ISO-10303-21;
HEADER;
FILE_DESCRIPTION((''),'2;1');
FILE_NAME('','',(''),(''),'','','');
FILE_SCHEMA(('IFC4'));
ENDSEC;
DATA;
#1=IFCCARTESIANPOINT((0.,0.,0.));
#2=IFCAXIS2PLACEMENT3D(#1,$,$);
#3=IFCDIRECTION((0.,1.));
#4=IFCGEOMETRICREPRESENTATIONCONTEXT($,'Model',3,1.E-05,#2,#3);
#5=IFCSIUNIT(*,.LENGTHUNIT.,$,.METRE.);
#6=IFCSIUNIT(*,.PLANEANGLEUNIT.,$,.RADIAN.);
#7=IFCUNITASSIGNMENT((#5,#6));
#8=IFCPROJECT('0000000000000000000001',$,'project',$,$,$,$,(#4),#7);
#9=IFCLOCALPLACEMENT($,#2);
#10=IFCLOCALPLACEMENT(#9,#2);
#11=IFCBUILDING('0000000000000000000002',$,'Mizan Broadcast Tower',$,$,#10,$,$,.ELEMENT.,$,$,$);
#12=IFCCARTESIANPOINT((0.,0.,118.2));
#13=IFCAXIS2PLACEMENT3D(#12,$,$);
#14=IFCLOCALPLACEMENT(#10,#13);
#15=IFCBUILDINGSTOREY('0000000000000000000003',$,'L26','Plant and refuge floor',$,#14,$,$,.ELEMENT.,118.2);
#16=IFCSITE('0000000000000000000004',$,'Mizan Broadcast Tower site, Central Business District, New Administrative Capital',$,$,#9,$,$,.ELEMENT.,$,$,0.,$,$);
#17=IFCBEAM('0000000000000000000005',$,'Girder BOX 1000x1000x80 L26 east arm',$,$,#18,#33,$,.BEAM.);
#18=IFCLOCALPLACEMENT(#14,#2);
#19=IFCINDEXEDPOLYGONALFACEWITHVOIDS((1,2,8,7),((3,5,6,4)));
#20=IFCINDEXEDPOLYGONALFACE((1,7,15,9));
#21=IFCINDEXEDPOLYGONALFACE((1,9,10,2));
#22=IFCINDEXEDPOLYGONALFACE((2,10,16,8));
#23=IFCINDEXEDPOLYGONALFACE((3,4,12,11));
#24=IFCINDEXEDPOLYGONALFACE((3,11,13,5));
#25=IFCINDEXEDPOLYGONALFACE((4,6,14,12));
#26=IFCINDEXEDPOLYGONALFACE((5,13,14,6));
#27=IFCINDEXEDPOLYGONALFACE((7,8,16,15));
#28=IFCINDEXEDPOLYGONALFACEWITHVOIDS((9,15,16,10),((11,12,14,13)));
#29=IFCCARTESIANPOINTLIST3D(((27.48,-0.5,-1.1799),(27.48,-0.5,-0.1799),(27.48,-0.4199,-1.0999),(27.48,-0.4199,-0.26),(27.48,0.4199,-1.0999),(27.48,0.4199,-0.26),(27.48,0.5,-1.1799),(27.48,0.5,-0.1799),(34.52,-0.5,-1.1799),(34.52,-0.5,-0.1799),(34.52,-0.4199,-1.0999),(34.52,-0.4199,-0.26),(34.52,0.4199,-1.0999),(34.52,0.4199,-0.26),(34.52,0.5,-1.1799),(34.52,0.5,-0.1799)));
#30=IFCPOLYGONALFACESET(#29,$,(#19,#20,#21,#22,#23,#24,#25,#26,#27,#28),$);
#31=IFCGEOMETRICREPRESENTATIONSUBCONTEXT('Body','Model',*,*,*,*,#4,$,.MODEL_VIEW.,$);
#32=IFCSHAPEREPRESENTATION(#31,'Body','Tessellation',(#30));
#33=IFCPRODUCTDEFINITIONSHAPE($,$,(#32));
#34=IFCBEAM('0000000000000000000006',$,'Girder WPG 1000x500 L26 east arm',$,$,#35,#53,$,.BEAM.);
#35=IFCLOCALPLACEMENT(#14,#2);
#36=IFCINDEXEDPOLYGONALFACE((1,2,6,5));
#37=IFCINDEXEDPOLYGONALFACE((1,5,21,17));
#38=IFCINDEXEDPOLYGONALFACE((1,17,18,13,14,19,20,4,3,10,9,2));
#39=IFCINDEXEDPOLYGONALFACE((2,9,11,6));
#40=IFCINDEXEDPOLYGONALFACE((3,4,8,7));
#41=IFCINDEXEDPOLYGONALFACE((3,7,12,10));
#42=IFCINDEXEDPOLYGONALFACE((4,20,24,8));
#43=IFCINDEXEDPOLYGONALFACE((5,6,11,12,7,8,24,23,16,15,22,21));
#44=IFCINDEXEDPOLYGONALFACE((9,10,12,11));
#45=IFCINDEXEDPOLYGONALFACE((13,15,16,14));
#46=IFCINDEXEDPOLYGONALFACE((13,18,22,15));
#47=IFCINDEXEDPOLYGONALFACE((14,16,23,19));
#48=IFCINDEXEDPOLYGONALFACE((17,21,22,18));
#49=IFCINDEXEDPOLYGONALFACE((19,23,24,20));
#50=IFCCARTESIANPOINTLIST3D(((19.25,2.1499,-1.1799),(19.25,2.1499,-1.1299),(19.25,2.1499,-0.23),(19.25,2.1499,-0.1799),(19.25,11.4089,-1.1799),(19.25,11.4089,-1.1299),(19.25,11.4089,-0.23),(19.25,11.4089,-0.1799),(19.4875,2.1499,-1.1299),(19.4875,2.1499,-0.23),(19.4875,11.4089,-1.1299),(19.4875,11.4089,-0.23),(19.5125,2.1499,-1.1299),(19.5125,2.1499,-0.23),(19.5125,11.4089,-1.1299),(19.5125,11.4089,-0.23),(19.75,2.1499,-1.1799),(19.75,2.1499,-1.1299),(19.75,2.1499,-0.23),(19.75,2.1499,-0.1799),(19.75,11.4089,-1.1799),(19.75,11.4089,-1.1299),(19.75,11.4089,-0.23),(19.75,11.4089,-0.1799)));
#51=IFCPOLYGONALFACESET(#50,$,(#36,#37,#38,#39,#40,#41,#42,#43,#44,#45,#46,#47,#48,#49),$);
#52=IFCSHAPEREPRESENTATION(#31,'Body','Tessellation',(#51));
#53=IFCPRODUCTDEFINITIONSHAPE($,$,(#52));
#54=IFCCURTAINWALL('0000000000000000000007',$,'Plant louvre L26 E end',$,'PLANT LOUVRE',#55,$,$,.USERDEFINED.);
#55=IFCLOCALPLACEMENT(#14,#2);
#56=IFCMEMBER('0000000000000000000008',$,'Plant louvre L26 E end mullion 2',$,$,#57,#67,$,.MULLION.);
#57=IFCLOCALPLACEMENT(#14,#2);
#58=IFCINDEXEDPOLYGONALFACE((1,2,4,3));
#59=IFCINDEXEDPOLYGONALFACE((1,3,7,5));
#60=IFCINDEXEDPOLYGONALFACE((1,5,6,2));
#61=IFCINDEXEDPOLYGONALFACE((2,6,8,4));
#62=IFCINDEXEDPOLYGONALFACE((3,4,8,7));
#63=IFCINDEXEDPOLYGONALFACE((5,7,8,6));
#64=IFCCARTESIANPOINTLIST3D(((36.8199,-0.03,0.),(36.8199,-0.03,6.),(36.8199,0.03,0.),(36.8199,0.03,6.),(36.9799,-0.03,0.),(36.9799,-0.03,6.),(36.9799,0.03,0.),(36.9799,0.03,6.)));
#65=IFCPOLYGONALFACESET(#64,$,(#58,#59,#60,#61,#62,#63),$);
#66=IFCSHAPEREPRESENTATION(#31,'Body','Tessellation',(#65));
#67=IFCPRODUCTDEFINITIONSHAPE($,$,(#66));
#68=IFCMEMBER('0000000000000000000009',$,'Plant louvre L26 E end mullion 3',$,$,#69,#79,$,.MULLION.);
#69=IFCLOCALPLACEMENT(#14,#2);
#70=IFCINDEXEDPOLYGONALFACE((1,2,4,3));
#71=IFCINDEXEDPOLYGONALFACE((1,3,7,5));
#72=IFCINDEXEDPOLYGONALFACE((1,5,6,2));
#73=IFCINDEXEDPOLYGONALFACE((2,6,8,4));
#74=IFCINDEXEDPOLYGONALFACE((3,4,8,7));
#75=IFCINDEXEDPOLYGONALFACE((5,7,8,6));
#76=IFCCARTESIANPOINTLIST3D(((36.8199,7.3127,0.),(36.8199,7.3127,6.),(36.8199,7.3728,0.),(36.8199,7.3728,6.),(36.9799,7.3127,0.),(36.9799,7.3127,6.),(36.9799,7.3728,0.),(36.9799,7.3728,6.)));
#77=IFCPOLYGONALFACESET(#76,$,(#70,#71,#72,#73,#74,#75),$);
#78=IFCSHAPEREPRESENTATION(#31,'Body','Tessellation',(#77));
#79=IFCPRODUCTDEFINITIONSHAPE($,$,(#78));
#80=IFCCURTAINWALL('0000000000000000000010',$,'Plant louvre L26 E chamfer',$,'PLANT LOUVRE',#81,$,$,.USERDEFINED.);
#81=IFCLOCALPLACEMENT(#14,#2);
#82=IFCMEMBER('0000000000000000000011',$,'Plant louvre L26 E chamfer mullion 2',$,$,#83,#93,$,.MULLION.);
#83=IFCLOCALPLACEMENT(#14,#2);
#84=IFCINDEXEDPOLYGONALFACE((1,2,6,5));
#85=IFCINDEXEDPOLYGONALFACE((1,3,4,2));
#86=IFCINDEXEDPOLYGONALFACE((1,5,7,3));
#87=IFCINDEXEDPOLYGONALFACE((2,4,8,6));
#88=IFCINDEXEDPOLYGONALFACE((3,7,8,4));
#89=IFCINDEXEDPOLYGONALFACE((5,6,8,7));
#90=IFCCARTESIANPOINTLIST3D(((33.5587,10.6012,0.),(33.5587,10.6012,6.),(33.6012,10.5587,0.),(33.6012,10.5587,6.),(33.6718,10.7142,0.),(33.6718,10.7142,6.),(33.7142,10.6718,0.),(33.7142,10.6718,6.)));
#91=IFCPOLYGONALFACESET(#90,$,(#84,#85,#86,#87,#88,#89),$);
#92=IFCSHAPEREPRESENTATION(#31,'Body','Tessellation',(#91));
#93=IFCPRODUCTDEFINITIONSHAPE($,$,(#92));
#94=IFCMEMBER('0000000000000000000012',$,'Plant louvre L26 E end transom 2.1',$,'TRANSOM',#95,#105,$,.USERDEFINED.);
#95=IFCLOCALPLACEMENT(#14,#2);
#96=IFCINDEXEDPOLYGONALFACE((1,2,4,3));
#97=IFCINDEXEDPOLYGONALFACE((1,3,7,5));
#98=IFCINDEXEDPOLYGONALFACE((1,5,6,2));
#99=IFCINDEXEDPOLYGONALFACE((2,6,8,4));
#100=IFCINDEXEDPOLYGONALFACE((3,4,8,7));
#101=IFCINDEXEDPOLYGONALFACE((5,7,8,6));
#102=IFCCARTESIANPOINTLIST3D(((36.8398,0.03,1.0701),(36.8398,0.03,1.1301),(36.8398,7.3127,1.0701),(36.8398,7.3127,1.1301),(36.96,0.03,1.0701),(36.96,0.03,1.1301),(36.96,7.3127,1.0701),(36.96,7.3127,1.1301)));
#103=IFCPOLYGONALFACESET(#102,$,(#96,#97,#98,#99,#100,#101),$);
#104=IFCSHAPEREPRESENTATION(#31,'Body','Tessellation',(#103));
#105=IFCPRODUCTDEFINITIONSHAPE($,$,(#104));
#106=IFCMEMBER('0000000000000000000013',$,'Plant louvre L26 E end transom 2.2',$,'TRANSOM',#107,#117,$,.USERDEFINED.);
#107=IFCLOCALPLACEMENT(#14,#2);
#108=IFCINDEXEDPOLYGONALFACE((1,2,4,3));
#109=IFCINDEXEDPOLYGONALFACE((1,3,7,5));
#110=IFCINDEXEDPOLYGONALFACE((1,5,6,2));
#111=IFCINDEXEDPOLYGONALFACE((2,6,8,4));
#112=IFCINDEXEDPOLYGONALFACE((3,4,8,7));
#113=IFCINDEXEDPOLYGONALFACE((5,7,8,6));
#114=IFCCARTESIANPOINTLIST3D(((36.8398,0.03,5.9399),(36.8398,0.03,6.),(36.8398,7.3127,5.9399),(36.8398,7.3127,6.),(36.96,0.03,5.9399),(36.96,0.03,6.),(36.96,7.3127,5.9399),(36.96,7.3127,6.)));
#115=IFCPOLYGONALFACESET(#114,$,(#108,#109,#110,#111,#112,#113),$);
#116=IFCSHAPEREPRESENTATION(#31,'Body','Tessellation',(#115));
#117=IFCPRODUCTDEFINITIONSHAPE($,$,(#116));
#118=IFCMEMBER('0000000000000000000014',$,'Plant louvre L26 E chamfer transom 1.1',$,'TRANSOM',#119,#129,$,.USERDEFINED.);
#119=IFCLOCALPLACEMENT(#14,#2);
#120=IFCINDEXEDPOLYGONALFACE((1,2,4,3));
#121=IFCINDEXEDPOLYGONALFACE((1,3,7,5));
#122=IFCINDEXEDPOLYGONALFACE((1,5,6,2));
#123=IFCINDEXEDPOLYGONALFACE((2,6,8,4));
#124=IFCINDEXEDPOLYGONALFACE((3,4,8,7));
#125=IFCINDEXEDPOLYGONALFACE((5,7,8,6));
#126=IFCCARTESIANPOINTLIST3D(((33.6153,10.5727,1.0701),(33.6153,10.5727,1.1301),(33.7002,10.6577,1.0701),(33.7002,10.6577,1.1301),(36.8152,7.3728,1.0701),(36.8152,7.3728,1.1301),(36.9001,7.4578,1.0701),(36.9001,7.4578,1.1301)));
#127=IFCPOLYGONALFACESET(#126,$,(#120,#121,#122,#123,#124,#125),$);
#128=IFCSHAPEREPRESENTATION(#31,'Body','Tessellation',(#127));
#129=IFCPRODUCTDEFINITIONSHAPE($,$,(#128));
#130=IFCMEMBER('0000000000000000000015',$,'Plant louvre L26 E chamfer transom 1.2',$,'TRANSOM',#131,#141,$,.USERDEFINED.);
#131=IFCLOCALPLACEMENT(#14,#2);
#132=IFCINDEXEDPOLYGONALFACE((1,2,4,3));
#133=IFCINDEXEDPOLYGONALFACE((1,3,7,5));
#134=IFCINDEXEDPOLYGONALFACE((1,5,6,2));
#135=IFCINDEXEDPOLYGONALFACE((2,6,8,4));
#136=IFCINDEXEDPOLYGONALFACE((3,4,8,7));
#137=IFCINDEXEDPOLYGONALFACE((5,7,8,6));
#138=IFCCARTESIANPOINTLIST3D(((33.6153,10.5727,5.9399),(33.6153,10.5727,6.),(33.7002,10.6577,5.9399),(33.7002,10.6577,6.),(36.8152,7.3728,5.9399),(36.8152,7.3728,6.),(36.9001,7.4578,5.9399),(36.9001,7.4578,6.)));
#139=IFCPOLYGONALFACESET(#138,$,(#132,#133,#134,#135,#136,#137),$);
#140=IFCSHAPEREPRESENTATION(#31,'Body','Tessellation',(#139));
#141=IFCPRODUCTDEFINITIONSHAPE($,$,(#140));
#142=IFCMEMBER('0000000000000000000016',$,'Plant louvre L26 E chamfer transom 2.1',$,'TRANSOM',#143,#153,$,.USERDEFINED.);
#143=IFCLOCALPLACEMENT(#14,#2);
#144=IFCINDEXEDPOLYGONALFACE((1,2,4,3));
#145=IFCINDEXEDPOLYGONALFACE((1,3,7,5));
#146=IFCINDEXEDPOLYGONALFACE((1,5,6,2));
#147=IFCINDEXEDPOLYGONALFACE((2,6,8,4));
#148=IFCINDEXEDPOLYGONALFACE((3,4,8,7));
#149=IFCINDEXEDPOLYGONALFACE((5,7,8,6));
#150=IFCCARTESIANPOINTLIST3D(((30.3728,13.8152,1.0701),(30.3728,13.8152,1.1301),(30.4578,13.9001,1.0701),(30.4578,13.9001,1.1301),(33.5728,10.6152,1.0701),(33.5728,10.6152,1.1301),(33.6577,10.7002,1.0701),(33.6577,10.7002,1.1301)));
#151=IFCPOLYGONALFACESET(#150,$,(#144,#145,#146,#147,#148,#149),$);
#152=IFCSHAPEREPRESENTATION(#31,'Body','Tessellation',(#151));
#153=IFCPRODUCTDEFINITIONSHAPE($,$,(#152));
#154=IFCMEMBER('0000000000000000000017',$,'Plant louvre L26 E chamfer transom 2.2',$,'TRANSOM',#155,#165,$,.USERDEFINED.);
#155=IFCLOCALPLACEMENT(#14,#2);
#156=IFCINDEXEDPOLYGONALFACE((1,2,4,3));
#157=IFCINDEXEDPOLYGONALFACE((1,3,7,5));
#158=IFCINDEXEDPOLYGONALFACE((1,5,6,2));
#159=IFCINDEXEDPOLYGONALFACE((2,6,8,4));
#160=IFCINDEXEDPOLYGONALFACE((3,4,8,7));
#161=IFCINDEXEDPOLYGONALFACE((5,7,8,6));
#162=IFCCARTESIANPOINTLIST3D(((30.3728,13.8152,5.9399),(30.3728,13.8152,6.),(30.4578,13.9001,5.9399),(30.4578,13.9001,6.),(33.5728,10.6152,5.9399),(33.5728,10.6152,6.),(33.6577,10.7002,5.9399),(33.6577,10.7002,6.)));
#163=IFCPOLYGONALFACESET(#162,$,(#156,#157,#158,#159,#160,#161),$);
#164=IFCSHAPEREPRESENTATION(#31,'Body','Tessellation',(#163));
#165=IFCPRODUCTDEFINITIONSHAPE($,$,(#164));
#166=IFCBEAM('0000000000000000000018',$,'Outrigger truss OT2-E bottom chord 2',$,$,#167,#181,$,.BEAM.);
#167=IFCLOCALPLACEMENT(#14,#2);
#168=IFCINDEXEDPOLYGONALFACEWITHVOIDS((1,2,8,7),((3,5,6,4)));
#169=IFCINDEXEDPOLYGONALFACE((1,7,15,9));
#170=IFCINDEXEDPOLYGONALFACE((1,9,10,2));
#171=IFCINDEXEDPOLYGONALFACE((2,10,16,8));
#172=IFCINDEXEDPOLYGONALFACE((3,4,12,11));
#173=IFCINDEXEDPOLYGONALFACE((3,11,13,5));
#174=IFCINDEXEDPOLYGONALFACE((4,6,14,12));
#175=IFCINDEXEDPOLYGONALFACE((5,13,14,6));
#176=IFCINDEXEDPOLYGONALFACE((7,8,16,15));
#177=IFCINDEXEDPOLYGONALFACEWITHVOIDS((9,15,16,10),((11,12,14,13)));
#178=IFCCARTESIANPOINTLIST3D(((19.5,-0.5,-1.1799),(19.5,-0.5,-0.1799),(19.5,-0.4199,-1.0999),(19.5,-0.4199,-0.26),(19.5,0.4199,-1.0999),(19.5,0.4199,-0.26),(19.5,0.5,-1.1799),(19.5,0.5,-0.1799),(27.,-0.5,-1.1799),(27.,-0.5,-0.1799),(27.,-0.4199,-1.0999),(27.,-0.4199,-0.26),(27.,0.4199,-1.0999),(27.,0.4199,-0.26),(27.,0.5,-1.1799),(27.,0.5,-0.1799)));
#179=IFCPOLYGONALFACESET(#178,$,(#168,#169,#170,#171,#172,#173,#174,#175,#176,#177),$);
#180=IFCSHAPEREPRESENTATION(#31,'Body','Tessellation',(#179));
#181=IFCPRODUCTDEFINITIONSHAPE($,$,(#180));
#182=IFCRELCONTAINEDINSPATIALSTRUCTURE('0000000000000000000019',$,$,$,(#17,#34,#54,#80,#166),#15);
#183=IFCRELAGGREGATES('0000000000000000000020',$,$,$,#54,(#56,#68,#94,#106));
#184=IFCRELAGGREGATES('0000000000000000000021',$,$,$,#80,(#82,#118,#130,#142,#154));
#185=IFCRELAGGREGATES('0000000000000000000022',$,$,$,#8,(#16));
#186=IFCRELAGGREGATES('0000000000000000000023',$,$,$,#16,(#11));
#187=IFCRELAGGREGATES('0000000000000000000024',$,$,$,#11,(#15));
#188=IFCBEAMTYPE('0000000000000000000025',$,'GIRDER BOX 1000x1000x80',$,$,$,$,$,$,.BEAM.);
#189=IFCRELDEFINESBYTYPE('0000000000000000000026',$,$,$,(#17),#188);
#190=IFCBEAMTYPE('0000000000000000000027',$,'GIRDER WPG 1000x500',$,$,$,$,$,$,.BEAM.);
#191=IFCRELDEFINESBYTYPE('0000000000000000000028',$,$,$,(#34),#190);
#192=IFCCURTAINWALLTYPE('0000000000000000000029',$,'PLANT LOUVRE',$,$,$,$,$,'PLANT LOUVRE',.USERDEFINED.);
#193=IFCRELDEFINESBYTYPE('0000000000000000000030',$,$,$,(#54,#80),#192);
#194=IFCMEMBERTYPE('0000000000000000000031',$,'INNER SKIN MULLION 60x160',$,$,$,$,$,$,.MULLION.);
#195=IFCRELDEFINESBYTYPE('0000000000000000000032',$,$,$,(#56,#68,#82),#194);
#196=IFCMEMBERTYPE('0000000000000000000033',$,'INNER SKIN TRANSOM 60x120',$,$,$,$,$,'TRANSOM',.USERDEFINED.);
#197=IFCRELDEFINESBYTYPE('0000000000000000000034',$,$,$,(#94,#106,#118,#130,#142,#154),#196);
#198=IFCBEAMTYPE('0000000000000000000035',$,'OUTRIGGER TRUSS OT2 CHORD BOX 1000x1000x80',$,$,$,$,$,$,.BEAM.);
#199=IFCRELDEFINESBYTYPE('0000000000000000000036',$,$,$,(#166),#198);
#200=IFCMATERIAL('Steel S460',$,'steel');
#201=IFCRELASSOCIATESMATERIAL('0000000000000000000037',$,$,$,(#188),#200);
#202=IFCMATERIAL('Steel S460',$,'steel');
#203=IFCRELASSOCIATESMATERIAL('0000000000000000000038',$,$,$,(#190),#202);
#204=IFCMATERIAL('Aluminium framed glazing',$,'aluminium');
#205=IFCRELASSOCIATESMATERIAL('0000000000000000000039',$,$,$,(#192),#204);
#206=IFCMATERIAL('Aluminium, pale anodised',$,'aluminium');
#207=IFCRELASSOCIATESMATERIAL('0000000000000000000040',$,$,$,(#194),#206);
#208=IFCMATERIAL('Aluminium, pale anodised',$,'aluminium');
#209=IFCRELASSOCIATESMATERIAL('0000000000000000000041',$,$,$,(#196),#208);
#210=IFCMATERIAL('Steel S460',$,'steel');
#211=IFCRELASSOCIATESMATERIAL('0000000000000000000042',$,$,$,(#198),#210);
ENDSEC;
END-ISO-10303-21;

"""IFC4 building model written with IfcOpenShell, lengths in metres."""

from ifc_helpers import new_model, si_unit, direction, frame, origin, origin_2d, place, context, subcontext, project, spatial, rectangle, hollow_rectangle, i_section, extrude, material, material_profile, profile_set, type_object, element, aggregate, save


model = new_model("IFC4")

# Units and contexts
model_context = context("Model", 3, precision=1e-05, world=origin(), true_north=direction((0.0, 1.0)))
body_context = subcontext(model_context, "Body", "Model", "MODEL_VIEW")
ifc_project = project(units=[si_unit("LENGTHUNIT", "METRE"), si_unit("PLANEANGLEUNIT", "RADIAN")], contexts=[model_context])

# Site, building, storey
site_placement = place(None, origin())
site = spatial("IfcSite", under=ifc_project, at=site_placement, Name="Mizan Broadcast Tower site, Central Business District, New Administrative Capital", CompositionType="ELEMENT", RefElevation=0.0)
building_placement = place(site_placement, origin())
building = spatial("IfcBuilding", under=site, at=building_placement, Name="Mizan Broadcast Tower", CompositionType="ELEMENT")
storey_placement = place(building_placement, frame((0.0, 0.0, 118.2)))
storey = spatial("IfcBuildingStorey", under=building, at=storey_placement, Name="L26", Description="Plant and refuge floor", CompositionType="ELEMENT", Elevation=118.2)

# Beams
ifc_material_1 = material(Name="Steel S460", Category="steel")
ifc_material_profile_1 = material_profile(ifc_material_1, hollow_rectangle(XDim=1.0, YDim=1.0, WallThickness=0.0801, at=origin_2d()), Name="BOX 1000x1000x80")
ifc_profile_set_1 = profile_set([ifc_material_profile_1], Name="Steel S460")
beam_type_1 = type_object("IfcBeamType", Name="GIRDER BOX 1000x1000x80", PredefinedType="BEAM", material=ifc_profile_set_1)
beam_1_placement = place(storey_placement, frame((27.48, 0.0, -0.6799), z_axis=(1.0, 0.0, 0.0), x_axis=(0.0, 1.0, 0.0)))
element("IfcBeam", 1, at=beam_1_placement, inside=storey, type_object=beam_type_1, Name="Girder BOX 1000x1000x80 L26 east arm", PredefinedType="BEAM", context=body_context, shape_type="SweptSolid", body=[
    extrude(hollow_rectangle(XDim=1.0, YDim=1.0, WallThickness=0.0801, at=origin_2d()), origin(), (0.0, 0.0, 1.0), 7.04),
])
ifc_material_2 = material(Name="Steel S460", Category="steel")
ifc_material_profile_2 = material_profile(ifc_material_2, i_section(OverallWidth=0.5, OverallDepth=1.0, WebThickness=0.0249, FlangeThickness=0.05, at=origin_2d()), Name="WPG 1000x500")
ifc_profile_set_2 = profile_set([ifc_material_profile_2], Name="Steel S460")
beam_type_2 = type_object("IfcBeamType", Name="GIRDER WPG 1000x500", PredefinedType="BEAM", material=ifc_profile_set_2)
beam_2_placement = place(storey_placement, frame((19.5, 11.4089, -0.6799), z_axis=(0.0, -1.0, 0.0), x_axis=(1.0, 0.0, 0.0)))
element("IfcBeam", 2, at=beam_2_placement, inside=storey, type_object=beam_type_2, Name="Girder WPG 1000x500 L26 east arm", PredefinedType="BEAM", context=body_context, shape_type="SweptSolid", body=[
    extrude(i_section(OverallWidth=0.5, OverallDepth=1.0, WebThickness=0.0249, FlangeThickness=0.05, at=origin_2d()), origin(), (0.0, 0.0, 1.0), 9.259),
])

# Curtain wall, members
ifc_material_3 = material(Name="Aluminium framed glazing", Category="aluminium")
curtain_wall_type = type_object("IfcCurtainWallType", Name="PLANT LOUVRE", ElementType="PLANT LOUVRE", PredefinedType="USERDEFINED", material=ifc_material_3)
curtain_wall_1_placement = place(storey_placement, origin())
curtain_wall_1 = element("IfcCurtainWall", 3, at=curtain_wall_1_placement, inside=storey, type_object=curtain_wall_type, Name="Plant louvre L26 E end", ObjectType="PLANT LOUVRE", PredefinedType="USERDEFINED")
ifc_material_4 = material(Name="Aluminium, pale anodised", Category="aluminium")
ifc_material_profile_3 = material_profile(ifc_material_4, rectangle(XDim=0.1599, YDim=0.0601, at=origin_2d()), Name="MULLION 160x60")
ifc_profile_set_3 = profile_set([ifc_material_profile_3], Name="Aluminium, pale anodised")
member_type_1 = type_object("IfcMemberType", Name="INNER SKIN MULLION 60x160", PredefinedType="MULLION", material=ifc_profile_set_3)
member_1_placement = place(storey_placement, frame((36.8999, 0.0, 0.0), z_axis=(0.0, 0.0, 1.0), x_axis=(-1.0, 0.0, 0.0)))
member_1 = element("IfcMember", 4, at=member_1_placement, type_object=member_type_1, Name="Plant louvre L26 E end mullion 2", PredefinedType="MULLION", context=body_context, shape_type="SweptSolid", body=[
    extrude(rectangle(XDim=0.1599, YDim=0.0601, at=origin_2d()), origin(), (0.0, 0.0, 1.0), 6.0),
])
member_2_placement = place(storey_placement, frame((36.8999, 7.3428, 0.0), z_axis=(0.0, 0.0, 1.0), x_axis=(-1.0, 0.0, 0.0)))
member_2 = element("IfcMember", 5, at=member_2_placement, type_object=member_type_1, Name="Plant louvre L26 E end mullion 3", PredefinedType="MULLION", context=body_context, shape_type="SweptSolid", body=[
    extrude(rectangle(XDim=0.1599, YDim=0.0601, at=origin_2d()), origin(), (0.0, 0.0, 1.0), 6.0),
])

# Curtain wall, member
curtain_wall_2_placement = place(storey_placement, origin())
curtain_wall_2 = element("IfcCurtainWall", 6, at=curtain_wall_2_placement, inside=storey, type_object=curtain_wall_type, Name="Plant louvre L26 E chamfer", ObjectType="PLANT LOUVRE", PredefinedType="USERDEFINED")
member_3_placement = place(storey_placement, frame((33.6365, 10.6365, 0.0), z_axis=(0.0, 0.0, 1.0), x_axis=(-0.707107, -0.707107, 0.0)))
member_3 = element("IfcMember", 7, at=member_3_placement, type_object=member_type_1, Name="Plant louvre L26 E chamfer mullion 2", PredefinedType="MULLION", context=body_context, shape_type="SweptSolid", body=[
    extrude(rectangle(XDim=0.1599, YDim=0.0601, at=origin_2d()), origin(), (0.0, 0.0, 1.0), 6.0),
])

# Members
ifc_material_5 = material(Name="Aluminium, pale anodised", Category="aluminium")
ifc_material_profile_4 = material_profile(ifc_material_5, rectangle(XDim=0.1201, YDim=0.0601, at=origin_2d()), Name="TRANSOM 120x60")
ifc_profile_set_4 = profile_set([ifc_material_profile_4], Name="Aluminium, pale anodised")
member_type_2 = type_object("IfcMemberType", Name="INNER SKIN TRANSOM 60x120", ElementType="TRANSOM", PredefinedType="USERDEFINED", material=ifc_profile_set_4)
member_4_placement = place(storey_placement, frame((36.8999, 0.03, 1.1001), z_axis=(0.0, 1.0, 0.0), x_axis=(-1.0, 0.0, 0.0)))
member_4 = element("IfcMember", 8, at=member_4_placement, type_object=member_type_2, Name="Plant louvre L26 E end transom 2.1", ObjectType="TRANSOM", PredefinedType="USERDEFINED", context=body_context, shape_type="SweptSolid", body=[
    extrude(rectangle(XDim=0.1201, YDim=0.0601, at=origin_2d()), origin(), (0.0, 0.0, 1.0), 7.2827),
])
member_5_placement = place(storey_placement, frame((36.8999, 0.03, 5.97), z_axis=(0.0, 1.0, 0.0), x_axis=(-1.0, 0.0, 0.0)))
member_5 = element("IfcMember", 9, at=member_5_placement, type_object=member_type_2, Name="Plant louvre L26 E end transom 2.2", ObjectType="TRANSOM", PredefinedType="USERDEFINED", context=body_context, shape_type="SweptSolid", body=[
    extrude(rectangle(XDim=0.1201, YDim=0.0601, at=origin_2d()), origin(), (0.0, 0.0, 1.0), 7.2827),
])
member_6_placement = place(storey_placement, frame((36.8577, 7.4153, 1.1001), z_axis=(-0.707107, 0.707107, 0.0), x_axis=(-0.707107, -0.707107, 0.0)))
member_6 = element("IfcMember", 10, at=member_6_placement, type_object=member_type_2, Name="Plant louvre L26 E chamfer transom 1.1", ObjectType="TRANSOM", PredefinedType="USERDEFINED", context=body_context, shape_type="SweptSolid", body=[
    extrude(rectangle(XDim=0.1201, YDim=0.0601, at=origin_2d()), origin(), (0.0, 0.0, 1.0), 4.5254),
])
member_7_placement = place(storey_placement, frame((36.8577, 7.4153, 5.97), z_axis=(-0.707107, 0.707107, 0.0), x_axis=(-0.707107, -0.707107, 0.0)))
member_7 = element("IfcMember", 11, at=member_7_placement, type_object=member_type_2, Name="Plant louvre L26 E chamfer transom 1.2", ObjectType="TRANSOM", PredefinedType="USERDEFINED", context=body_context, shape_type="SweptSolid", body=[
    extrude(rectangle(XDim=0.1201, YDim=0.0601, at=origin_2d()), origin(), (0.0, 0.0, 1.0), 4.5254),
])
member_8_placement = place(storey_placement, frame((33.6152, 10.6577, 1.1001), z_axis=(-0.707107, 0.707107, 0.0), x_axis=(-0.707107, -0.707107, 0.0)))
member_8 = element("IfcMember", 12, at=member_8_placement, type_object=member_type_2, Name="Plant louvre L26 E chamfer transom 2.1", ObjectType="TRANSOM", PredefinedType="USERDEFINED", context=body_context, shape_type="SweptSolid", body=[
    extrude(rectangle(XDim=0.1201, YDim=0.0601, at=origin_2d()), origin(), (0.0, 0.0, 1.0), 4.5254),
])
member_9_placement = place(storey_placement, frame((33.6152, 10.6577, 5.97), z_axis=(-0.707107, 0.707107, 0.0), x_axis=(-0.707107, -0.707107, 0.0)))
member_9 = element("IfcMember", 13, at=member_9_placement, type_object=member_type_2, Name="Plant louvre L26 E chamfer transom 2.2", ObjectType="TRANSOM", PredefinedType="USERDEFINED", context=body_context, shape_type="SweptSolid", body=[
    extrude(rectangle(XDim=0.1201, YDim=0.0601, at=origin_2d()), origin(), (0.0, 0.0, 1.0), 4.5254),
])

# Beam
ifc_material_6 = material(Name="Steel S460", Category="steel")
ifc_material_profile_5 = material_profile(ifc_material_6, hollow_rectangle(XDim=1.0, YDim=1.0, WallThickness=0.0801, at=origin_2d()), Name="BOX 1000x1000x80")
ifc_profile_set_5 = profile_set([ifc_material_profile_5], Name="Steel S460")
beam_type_3 = type_object("IfcBeamType", Name="OUTRIGGER TRUSS OT2 CHORD BOX 1000x1000x80", PredefinedType="BEAM", material=ifc_profile_set_5)
beam_3_placement = place(storey_placement, frame((19.5, 0.0, -0.6799), z_axis=(1.0, 0.0, 0.0), x_axis=(0.0, 1.0, 0.0)))
element("IfcBeam", 14, at=beam_3_placement, inside=storey, type_object=beam_type_3, Name="Outrigger truss OT2-E bottom chord 2", PredefinedType="BEAM", context=body_context, shape_type="SweptSolid", body=[
    extrude(hollow_rectangle(XDim=1.0, YDim=1.0, WallThickness=0.0801, at=origin_2d()), origin(), (0.0, 0.0, 1.0), 7.5),
])

aggregate(curtain_wall_1, [member_1, member_2, member_4, member_5])
aggregate(curtain_wall_2, [member_3, member_6, member_7, member_8, member_9])

save(model, "model.ifc")
